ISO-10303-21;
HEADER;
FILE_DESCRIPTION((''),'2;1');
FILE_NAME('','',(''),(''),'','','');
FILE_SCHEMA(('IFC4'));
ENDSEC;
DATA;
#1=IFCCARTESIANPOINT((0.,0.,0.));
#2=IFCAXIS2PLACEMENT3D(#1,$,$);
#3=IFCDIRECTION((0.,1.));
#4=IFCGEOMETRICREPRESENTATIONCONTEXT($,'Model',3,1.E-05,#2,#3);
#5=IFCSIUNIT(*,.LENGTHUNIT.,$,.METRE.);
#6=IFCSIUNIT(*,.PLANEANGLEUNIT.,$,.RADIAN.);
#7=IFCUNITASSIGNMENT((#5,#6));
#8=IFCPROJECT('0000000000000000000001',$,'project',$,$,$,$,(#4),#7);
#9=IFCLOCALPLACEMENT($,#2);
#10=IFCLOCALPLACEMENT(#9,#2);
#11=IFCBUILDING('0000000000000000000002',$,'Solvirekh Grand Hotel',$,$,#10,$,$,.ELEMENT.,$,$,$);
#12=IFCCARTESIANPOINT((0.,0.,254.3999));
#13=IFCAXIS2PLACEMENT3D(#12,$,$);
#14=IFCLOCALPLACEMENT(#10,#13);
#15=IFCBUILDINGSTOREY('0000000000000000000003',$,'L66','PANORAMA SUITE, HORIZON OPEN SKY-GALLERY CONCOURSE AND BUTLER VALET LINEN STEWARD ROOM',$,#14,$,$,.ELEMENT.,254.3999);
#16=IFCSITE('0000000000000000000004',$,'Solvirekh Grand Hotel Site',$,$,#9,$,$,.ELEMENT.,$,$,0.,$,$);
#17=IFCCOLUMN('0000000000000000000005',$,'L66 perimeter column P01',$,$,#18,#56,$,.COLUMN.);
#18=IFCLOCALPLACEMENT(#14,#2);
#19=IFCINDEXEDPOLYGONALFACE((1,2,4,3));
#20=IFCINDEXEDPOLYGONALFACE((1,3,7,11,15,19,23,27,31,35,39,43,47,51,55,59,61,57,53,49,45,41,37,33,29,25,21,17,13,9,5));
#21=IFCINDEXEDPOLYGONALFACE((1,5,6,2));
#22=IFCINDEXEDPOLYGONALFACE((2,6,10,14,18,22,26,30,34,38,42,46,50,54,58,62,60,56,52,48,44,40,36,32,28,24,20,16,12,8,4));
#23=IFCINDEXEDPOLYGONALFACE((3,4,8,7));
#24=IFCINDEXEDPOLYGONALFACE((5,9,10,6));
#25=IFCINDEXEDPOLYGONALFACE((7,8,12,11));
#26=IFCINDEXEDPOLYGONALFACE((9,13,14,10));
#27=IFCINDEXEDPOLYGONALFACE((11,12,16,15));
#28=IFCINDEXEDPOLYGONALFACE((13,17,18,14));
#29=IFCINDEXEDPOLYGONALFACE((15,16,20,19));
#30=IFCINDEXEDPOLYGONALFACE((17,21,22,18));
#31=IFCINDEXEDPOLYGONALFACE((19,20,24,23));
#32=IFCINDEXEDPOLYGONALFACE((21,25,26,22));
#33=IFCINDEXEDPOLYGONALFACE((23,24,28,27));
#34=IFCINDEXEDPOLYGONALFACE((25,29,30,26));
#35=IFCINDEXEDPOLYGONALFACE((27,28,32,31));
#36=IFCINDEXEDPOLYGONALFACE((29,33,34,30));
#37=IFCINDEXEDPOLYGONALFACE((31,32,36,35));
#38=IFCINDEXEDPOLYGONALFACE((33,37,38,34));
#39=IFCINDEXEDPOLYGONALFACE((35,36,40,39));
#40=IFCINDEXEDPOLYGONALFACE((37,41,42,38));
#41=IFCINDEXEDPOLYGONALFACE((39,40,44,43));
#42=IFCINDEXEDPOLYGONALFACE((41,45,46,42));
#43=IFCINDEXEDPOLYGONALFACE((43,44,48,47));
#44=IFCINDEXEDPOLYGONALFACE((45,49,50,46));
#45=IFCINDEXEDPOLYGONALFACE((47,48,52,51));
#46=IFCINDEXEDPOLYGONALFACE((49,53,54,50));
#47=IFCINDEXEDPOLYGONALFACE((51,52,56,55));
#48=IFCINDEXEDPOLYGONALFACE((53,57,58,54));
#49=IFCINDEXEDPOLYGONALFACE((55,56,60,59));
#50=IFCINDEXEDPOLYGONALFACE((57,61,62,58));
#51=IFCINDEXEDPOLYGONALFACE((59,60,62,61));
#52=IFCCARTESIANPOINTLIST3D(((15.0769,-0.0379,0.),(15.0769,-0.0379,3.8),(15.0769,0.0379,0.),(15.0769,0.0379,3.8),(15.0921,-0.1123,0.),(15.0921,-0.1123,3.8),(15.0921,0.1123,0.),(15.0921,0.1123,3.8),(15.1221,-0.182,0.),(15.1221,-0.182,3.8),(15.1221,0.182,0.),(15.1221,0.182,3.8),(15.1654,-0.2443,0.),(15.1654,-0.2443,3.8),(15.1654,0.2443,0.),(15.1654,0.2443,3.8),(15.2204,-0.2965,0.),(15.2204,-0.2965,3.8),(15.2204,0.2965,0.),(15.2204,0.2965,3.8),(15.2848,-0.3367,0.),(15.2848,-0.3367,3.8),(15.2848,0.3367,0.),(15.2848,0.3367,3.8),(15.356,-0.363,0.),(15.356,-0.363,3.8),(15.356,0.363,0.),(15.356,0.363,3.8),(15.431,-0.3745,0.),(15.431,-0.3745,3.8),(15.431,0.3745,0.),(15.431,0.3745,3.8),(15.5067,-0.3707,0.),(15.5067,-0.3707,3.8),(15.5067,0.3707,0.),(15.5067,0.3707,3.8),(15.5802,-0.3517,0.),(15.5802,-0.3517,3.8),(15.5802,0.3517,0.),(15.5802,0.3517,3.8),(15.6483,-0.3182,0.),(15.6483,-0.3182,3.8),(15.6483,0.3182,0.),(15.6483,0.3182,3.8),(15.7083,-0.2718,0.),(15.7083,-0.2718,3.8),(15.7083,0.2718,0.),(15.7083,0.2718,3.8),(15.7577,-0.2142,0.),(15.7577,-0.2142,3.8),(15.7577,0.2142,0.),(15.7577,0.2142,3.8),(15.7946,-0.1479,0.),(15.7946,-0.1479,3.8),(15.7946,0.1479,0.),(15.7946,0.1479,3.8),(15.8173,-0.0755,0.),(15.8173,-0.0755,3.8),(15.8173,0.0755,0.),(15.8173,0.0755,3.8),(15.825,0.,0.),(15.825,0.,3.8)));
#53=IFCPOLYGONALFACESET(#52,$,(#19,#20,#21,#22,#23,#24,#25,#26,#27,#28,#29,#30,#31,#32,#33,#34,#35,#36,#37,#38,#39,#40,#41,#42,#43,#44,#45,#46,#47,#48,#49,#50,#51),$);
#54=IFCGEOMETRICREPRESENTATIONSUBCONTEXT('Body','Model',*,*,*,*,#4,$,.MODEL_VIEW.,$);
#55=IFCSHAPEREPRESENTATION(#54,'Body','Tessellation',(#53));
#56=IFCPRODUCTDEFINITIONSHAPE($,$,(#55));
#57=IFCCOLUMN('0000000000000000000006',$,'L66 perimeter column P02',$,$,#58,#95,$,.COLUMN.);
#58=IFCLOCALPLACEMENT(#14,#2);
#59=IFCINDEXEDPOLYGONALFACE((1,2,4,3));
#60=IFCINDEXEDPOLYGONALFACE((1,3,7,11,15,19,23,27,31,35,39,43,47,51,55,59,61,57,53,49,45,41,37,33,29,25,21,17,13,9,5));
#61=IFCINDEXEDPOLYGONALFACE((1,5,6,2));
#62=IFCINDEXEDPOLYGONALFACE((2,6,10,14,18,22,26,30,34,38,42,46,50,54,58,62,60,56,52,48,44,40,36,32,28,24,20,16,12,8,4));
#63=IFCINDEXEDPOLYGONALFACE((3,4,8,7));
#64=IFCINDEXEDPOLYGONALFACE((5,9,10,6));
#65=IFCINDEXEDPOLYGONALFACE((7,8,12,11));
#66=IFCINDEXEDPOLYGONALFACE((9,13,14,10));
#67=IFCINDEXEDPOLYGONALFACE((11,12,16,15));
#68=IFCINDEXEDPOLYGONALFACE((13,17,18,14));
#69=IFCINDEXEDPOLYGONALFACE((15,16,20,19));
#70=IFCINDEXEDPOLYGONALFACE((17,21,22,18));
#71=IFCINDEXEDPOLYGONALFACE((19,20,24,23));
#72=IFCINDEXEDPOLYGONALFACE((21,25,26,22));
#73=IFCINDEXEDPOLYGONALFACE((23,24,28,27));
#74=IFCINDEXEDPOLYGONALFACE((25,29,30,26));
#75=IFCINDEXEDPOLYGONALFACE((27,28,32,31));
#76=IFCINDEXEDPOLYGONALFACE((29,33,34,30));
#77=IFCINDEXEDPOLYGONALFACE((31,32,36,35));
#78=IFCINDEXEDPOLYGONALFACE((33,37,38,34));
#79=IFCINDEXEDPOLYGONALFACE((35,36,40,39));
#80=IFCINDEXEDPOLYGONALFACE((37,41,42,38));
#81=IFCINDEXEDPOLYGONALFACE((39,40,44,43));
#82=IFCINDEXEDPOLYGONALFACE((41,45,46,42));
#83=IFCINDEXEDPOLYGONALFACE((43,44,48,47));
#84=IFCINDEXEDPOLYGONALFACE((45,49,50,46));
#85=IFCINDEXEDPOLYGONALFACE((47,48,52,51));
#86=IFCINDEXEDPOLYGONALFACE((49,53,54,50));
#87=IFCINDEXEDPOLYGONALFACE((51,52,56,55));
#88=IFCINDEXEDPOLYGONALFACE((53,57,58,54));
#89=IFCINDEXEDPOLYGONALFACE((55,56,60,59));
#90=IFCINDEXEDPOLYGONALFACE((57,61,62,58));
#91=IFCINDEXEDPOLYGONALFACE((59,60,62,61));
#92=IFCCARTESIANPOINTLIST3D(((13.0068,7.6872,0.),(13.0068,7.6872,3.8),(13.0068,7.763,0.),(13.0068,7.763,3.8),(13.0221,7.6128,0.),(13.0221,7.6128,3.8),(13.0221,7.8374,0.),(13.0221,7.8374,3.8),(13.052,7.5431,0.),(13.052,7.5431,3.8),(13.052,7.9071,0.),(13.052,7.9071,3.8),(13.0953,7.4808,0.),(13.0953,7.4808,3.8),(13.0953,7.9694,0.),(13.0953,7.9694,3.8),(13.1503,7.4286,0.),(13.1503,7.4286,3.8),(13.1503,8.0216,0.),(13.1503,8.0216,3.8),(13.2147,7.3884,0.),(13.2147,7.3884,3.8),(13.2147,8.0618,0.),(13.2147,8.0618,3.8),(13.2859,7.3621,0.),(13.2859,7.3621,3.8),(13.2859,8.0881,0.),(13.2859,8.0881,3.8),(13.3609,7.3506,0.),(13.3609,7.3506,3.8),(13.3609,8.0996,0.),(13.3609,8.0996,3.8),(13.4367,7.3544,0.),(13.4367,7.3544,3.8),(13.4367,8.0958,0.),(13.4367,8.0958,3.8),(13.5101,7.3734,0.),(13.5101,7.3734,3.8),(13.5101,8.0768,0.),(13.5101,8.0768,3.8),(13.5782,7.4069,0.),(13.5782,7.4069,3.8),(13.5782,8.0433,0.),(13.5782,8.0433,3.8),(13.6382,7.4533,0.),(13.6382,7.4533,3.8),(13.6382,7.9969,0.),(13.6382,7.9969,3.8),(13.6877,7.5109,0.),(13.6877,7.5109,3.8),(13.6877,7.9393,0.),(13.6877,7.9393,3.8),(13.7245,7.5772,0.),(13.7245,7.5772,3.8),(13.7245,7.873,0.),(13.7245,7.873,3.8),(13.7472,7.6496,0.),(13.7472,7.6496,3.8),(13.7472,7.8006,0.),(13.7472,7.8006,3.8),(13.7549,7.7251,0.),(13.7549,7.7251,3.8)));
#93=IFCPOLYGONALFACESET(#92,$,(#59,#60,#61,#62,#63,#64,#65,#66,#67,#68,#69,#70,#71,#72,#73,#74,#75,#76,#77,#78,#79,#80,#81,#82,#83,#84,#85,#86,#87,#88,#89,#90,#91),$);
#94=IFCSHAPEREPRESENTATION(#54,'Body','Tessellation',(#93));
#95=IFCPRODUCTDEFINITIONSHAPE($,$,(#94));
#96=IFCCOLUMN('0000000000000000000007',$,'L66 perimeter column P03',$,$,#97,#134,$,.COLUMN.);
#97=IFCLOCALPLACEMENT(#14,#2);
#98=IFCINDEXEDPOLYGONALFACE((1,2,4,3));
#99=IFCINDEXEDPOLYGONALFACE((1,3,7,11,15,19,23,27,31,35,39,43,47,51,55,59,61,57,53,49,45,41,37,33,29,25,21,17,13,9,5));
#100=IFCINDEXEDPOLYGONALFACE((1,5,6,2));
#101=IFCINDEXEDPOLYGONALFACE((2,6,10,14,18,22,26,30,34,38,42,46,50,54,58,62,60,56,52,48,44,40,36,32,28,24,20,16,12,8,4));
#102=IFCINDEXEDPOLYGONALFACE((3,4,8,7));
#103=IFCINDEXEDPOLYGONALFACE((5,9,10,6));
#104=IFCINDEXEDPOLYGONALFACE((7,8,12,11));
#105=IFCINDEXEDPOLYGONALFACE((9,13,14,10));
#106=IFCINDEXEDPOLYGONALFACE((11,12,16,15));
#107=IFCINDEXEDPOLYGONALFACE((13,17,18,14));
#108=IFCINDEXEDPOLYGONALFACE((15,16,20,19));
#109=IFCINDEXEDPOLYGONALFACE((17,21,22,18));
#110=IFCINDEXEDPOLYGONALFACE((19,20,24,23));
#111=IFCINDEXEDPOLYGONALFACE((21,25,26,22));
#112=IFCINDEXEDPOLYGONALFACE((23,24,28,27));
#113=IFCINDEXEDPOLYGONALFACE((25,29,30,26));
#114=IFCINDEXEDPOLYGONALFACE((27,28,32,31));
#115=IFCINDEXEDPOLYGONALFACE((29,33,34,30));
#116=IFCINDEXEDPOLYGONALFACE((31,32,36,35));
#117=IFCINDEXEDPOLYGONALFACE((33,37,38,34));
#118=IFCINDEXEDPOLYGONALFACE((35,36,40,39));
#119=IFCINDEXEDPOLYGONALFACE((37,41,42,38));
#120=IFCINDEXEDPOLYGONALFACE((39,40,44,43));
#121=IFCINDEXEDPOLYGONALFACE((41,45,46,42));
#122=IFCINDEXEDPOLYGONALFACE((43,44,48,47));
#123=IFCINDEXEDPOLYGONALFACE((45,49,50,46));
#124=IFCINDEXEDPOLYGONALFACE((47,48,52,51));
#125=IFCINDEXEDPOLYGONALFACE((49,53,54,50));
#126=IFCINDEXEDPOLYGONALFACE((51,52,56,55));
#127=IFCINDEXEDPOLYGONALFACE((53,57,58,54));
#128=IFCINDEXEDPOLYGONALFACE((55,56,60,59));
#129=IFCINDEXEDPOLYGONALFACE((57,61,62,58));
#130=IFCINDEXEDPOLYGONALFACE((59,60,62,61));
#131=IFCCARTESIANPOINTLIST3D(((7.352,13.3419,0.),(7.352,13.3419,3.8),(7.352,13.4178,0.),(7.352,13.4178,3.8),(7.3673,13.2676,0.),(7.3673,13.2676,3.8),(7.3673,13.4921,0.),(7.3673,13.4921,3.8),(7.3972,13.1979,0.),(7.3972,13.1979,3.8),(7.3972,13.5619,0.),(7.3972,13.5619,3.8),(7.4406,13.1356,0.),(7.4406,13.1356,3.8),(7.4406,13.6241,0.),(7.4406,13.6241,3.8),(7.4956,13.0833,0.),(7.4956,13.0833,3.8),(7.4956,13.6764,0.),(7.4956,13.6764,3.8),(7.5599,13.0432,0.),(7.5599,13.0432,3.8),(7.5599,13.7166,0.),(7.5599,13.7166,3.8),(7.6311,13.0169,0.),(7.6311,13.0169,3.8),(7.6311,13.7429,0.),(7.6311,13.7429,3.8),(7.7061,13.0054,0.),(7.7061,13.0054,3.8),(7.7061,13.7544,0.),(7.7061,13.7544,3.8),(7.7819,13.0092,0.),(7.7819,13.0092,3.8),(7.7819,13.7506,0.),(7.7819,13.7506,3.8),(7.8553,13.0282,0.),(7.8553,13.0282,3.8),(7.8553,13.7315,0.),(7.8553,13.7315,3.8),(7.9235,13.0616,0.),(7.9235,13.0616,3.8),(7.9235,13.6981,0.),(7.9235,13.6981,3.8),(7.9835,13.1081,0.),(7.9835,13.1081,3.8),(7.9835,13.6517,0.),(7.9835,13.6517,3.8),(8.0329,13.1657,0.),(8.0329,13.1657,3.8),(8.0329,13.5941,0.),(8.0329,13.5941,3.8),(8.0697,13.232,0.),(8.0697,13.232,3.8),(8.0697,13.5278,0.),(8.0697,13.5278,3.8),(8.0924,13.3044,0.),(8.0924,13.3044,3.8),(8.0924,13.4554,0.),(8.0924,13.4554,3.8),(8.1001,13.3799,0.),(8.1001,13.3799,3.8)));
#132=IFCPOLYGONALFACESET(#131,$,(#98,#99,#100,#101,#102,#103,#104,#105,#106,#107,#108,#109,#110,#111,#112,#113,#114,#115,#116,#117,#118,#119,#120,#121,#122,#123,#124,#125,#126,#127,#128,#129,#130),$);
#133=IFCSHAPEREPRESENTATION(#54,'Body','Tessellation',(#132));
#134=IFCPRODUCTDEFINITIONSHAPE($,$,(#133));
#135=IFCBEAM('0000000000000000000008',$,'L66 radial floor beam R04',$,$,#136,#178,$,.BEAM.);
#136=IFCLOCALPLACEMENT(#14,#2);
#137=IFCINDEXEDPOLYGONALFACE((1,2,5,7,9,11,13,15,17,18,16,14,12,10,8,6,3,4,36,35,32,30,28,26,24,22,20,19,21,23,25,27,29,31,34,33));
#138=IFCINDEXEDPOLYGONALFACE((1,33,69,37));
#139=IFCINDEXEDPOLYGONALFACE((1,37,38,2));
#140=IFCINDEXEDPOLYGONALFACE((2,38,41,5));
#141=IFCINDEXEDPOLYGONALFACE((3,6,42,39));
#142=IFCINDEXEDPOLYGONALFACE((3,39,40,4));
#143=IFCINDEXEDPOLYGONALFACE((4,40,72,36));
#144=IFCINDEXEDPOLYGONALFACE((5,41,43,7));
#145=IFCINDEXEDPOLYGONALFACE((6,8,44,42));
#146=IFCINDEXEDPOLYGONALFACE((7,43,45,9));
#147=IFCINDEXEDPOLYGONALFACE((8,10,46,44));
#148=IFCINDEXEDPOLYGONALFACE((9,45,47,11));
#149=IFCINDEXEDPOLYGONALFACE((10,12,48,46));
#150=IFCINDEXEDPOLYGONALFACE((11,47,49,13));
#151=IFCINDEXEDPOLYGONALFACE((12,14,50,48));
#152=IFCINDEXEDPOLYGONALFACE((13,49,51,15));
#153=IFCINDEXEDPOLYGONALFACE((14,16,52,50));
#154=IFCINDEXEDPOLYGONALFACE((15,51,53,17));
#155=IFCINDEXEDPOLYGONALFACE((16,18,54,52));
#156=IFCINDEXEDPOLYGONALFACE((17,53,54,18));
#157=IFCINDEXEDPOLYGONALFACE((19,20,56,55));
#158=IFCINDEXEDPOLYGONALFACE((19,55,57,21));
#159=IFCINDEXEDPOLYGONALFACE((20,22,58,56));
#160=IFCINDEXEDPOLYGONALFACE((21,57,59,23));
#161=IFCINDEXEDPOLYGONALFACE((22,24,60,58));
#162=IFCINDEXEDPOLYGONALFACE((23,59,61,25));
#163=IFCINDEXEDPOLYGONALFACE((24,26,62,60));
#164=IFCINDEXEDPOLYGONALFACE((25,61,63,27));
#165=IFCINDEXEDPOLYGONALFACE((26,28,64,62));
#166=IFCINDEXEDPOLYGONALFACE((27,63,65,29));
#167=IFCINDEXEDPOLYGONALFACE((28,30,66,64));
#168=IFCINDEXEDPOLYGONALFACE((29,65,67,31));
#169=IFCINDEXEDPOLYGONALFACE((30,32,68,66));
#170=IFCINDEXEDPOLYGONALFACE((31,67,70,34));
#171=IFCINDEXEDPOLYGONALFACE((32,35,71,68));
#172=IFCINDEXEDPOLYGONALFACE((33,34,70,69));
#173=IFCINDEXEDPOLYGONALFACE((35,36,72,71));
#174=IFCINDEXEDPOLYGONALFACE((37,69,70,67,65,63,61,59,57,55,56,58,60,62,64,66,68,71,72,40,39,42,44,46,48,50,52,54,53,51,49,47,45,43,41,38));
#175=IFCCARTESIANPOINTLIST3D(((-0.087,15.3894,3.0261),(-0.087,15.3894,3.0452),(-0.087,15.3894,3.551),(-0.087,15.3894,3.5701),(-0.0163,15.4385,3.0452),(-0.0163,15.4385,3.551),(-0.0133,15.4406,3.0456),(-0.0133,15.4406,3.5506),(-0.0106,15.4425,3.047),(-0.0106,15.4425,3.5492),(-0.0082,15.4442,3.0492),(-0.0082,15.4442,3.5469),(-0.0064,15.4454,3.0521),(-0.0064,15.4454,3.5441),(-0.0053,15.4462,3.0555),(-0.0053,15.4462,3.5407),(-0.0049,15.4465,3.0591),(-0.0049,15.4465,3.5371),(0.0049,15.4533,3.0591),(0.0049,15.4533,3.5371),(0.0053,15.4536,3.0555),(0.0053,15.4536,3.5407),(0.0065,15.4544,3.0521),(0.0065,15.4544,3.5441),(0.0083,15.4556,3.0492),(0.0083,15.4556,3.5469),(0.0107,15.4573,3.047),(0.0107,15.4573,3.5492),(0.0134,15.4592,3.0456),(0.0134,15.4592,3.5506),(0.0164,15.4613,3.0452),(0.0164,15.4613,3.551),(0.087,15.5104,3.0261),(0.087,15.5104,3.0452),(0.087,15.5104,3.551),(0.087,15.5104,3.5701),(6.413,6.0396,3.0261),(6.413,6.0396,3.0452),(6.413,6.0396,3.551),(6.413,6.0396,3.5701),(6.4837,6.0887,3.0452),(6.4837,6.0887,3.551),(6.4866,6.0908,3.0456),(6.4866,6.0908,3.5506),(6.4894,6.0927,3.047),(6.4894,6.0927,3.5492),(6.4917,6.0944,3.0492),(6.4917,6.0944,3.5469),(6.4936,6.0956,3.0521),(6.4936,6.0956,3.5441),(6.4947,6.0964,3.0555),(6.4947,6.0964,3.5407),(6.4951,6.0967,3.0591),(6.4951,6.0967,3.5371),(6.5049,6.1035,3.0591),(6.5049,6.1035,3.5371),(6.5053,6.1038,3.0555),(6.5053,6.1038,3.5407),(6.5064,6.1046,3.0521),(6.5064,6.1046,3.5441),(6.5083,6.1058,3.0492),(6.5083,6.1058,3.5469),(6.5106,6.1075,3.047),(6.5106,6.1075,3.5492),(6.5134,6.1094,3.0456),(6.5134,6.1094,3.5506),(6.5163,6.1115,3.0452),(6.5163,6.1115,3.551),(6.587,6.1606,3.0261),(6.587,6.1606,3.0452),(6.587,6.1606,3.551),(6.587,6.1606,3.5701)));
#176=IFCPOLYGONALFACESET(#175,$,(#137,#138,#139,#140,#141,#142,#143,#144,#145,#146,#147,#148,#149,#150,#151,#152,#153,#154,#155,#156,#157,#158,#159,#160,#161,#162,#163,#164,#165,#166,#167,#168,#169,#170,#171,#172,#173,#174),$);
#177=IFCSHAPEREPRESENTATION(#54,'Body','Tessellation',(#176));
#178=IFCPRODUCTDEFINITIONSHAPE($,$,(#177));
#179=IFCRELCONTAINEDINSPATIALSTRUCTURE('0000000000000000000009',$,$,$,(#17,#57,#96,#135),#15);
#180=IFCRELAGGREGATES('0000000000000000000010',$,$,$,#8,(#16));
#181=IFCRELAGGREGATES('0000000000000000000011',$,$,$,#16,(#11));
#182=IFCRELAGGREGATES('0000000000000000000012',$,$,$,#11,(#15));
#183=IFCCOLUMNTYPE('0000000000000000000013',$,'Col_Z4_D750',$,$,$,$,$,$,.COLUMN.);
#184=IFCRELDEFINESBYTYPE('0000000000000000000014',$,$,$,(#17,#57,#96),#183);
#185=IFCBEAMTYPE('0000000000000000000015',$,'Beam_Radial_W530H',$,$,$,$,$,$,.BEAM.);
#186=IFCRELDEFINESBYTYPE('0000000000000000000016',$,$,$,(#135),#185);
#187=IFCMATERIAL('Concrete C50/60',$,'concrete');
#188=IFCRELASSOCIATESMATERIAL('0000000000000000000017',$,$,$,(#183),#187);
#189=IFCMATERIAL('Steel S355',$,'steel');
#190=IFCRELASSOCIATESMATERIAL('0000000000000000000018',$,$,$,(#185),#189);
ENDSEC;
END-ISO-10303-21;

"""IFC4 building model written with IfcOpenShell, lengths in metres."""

from ifc_helpers import new_model, si_unit, direction, frame, origin, origin_2d, place, context, subcontext, project, spatial, circle, i_section, extrude, material, material_profile, profile_set, type_object, element, save


model = new_model("IFC4")

# Units and contexts
model_context = context("Model", 3, precision=1e-05, world=origin(), true_north=direction((0.0, 1.0)))
body_context = subcontext(model_context, "Body", "Model", "MODEL_VIEW")
ifc_project = project(units=[si_unit("LENGTHUNIT", "METRE"), si_unit("PLANEANGLEUNIT", "RADIAN")], contexts=[model_context])

# Site, building, storey
site_placement = place(None, origin())
site = spatial("IfcSite", under=ifc_project, at=site_placement, Name="Solvirekh Grand Hotel Site", CompositionType="ELEMENT", RefElevation=0.0)
building_placement = place(site_placement, origin())
building = spatial("IfcBuilding", under=site, at=building_placement, Name="Solvirekh Grand Hotel", CompositionType="ELEMENT")
storey_placement = place(building_placement, frame((0.0, 0.0, 254.3999)))
storey = spatial("IfcBuildingStorey", under=building, at=storey_placement, Name="L66", Description="PANORAMA SUITE, HORIZON OPEN SKY-GALLERY CONCOURSE AND BUTLER VALET LINEN STEWARD ROOM", CompositionType="ELEMENT", Elevation=254.3999)

# Columns
ifc_material_1 = material(Name="Concrete C50/60", Category="concrete")
ifc_material_profile_1 = material_profile(ifc_material_1, circle(Radius=0.375, at=origin_2d()), Name="RC CIRC D750")
ifc_profile_set_1 = profile_set([ifc_material_profile_1], Name="Concrete C50/60")
column_type = type_object("IfcColumnType", Name="Col_Z4_D750", PredefinedType="COLUMN", material=ifc_profile_set_1)
for number, where, z_axis, x_axis, name in (
    (1, (15.45, 0.0, 0.0), (0.0, 0.0, 1.0), (1.0, 0.0, 0.0), "L66 perimeter column P01"),
    (2, (13.3799, 7.7251, 0.0), (0.0, 0.0, 1.0), (1.0, 0.0, 0.0), "L66 perimeter column P02"),
    (3, (7.7251, 13.3799, 0.0), (0.0, 0.0, 1.0), (1.0, 0.0, 0.0), "L66 perimeter column P03"),
):
    element("IfcColumn", number, at=place(storey_placement, frame(where, z_axis=z_axis, x_axis=x_axis)), inside=storey, type_object=column_type, Name=name, PredefinedType="COLUMN", context=body_context, shape_type="SweptSolid", body=[
        extrude(circle(Radius=0.375, at=origin_2d()), origin(), (0.0, 0.0, 1.0), 3.8),
    ])

# Beam
ifc_material_2 = material(Name="Steel S355", Category="steel")
ifc_material_profile_2 = material_profile(ifc_material_2, i_section(OverallWidth=0.2119, OverallDepth=0.5439, WebThickness=0.012, FlangeThickness=0.019, FilletRadius=0.0139, at=origin_2d()), Name="W530X123")
ifc_profile_set_2 = profile_set([ifc_material_profile_2], Name="Steel S355")
beam_type_1 = type_object("IfcBeamType", Name="Beam_Radial_W530H", PredefinedType="BEAM", material=ifc_profile_set_2)
beam_1_placement = place(storey_placement, frame((6.5, 6.1001, 3.2981), z_axis=(-0.570813, 0.82108, 0.0), x_axis=(-0.82108, -0.570813, 0.0)))
element("IfcBeam", 4, at=beam_1_placement, inside=storey, type_object=beam_type_1, Name="L66 radial floor beam R04", PredefinedType="BEAM", context=body_context, shape_type="SweptSolid", body=[
    extrude(i_section(OverallWidth=0.2119, OverallDepth=0.5439, WebThickness=0.012, FlangeThickness=0.019, FilletRadius=0.0139, at=origin_2d()), origin(), (0.0, 0.0, 1.0), 11.3872),
])

save(model, "model.ifc")
